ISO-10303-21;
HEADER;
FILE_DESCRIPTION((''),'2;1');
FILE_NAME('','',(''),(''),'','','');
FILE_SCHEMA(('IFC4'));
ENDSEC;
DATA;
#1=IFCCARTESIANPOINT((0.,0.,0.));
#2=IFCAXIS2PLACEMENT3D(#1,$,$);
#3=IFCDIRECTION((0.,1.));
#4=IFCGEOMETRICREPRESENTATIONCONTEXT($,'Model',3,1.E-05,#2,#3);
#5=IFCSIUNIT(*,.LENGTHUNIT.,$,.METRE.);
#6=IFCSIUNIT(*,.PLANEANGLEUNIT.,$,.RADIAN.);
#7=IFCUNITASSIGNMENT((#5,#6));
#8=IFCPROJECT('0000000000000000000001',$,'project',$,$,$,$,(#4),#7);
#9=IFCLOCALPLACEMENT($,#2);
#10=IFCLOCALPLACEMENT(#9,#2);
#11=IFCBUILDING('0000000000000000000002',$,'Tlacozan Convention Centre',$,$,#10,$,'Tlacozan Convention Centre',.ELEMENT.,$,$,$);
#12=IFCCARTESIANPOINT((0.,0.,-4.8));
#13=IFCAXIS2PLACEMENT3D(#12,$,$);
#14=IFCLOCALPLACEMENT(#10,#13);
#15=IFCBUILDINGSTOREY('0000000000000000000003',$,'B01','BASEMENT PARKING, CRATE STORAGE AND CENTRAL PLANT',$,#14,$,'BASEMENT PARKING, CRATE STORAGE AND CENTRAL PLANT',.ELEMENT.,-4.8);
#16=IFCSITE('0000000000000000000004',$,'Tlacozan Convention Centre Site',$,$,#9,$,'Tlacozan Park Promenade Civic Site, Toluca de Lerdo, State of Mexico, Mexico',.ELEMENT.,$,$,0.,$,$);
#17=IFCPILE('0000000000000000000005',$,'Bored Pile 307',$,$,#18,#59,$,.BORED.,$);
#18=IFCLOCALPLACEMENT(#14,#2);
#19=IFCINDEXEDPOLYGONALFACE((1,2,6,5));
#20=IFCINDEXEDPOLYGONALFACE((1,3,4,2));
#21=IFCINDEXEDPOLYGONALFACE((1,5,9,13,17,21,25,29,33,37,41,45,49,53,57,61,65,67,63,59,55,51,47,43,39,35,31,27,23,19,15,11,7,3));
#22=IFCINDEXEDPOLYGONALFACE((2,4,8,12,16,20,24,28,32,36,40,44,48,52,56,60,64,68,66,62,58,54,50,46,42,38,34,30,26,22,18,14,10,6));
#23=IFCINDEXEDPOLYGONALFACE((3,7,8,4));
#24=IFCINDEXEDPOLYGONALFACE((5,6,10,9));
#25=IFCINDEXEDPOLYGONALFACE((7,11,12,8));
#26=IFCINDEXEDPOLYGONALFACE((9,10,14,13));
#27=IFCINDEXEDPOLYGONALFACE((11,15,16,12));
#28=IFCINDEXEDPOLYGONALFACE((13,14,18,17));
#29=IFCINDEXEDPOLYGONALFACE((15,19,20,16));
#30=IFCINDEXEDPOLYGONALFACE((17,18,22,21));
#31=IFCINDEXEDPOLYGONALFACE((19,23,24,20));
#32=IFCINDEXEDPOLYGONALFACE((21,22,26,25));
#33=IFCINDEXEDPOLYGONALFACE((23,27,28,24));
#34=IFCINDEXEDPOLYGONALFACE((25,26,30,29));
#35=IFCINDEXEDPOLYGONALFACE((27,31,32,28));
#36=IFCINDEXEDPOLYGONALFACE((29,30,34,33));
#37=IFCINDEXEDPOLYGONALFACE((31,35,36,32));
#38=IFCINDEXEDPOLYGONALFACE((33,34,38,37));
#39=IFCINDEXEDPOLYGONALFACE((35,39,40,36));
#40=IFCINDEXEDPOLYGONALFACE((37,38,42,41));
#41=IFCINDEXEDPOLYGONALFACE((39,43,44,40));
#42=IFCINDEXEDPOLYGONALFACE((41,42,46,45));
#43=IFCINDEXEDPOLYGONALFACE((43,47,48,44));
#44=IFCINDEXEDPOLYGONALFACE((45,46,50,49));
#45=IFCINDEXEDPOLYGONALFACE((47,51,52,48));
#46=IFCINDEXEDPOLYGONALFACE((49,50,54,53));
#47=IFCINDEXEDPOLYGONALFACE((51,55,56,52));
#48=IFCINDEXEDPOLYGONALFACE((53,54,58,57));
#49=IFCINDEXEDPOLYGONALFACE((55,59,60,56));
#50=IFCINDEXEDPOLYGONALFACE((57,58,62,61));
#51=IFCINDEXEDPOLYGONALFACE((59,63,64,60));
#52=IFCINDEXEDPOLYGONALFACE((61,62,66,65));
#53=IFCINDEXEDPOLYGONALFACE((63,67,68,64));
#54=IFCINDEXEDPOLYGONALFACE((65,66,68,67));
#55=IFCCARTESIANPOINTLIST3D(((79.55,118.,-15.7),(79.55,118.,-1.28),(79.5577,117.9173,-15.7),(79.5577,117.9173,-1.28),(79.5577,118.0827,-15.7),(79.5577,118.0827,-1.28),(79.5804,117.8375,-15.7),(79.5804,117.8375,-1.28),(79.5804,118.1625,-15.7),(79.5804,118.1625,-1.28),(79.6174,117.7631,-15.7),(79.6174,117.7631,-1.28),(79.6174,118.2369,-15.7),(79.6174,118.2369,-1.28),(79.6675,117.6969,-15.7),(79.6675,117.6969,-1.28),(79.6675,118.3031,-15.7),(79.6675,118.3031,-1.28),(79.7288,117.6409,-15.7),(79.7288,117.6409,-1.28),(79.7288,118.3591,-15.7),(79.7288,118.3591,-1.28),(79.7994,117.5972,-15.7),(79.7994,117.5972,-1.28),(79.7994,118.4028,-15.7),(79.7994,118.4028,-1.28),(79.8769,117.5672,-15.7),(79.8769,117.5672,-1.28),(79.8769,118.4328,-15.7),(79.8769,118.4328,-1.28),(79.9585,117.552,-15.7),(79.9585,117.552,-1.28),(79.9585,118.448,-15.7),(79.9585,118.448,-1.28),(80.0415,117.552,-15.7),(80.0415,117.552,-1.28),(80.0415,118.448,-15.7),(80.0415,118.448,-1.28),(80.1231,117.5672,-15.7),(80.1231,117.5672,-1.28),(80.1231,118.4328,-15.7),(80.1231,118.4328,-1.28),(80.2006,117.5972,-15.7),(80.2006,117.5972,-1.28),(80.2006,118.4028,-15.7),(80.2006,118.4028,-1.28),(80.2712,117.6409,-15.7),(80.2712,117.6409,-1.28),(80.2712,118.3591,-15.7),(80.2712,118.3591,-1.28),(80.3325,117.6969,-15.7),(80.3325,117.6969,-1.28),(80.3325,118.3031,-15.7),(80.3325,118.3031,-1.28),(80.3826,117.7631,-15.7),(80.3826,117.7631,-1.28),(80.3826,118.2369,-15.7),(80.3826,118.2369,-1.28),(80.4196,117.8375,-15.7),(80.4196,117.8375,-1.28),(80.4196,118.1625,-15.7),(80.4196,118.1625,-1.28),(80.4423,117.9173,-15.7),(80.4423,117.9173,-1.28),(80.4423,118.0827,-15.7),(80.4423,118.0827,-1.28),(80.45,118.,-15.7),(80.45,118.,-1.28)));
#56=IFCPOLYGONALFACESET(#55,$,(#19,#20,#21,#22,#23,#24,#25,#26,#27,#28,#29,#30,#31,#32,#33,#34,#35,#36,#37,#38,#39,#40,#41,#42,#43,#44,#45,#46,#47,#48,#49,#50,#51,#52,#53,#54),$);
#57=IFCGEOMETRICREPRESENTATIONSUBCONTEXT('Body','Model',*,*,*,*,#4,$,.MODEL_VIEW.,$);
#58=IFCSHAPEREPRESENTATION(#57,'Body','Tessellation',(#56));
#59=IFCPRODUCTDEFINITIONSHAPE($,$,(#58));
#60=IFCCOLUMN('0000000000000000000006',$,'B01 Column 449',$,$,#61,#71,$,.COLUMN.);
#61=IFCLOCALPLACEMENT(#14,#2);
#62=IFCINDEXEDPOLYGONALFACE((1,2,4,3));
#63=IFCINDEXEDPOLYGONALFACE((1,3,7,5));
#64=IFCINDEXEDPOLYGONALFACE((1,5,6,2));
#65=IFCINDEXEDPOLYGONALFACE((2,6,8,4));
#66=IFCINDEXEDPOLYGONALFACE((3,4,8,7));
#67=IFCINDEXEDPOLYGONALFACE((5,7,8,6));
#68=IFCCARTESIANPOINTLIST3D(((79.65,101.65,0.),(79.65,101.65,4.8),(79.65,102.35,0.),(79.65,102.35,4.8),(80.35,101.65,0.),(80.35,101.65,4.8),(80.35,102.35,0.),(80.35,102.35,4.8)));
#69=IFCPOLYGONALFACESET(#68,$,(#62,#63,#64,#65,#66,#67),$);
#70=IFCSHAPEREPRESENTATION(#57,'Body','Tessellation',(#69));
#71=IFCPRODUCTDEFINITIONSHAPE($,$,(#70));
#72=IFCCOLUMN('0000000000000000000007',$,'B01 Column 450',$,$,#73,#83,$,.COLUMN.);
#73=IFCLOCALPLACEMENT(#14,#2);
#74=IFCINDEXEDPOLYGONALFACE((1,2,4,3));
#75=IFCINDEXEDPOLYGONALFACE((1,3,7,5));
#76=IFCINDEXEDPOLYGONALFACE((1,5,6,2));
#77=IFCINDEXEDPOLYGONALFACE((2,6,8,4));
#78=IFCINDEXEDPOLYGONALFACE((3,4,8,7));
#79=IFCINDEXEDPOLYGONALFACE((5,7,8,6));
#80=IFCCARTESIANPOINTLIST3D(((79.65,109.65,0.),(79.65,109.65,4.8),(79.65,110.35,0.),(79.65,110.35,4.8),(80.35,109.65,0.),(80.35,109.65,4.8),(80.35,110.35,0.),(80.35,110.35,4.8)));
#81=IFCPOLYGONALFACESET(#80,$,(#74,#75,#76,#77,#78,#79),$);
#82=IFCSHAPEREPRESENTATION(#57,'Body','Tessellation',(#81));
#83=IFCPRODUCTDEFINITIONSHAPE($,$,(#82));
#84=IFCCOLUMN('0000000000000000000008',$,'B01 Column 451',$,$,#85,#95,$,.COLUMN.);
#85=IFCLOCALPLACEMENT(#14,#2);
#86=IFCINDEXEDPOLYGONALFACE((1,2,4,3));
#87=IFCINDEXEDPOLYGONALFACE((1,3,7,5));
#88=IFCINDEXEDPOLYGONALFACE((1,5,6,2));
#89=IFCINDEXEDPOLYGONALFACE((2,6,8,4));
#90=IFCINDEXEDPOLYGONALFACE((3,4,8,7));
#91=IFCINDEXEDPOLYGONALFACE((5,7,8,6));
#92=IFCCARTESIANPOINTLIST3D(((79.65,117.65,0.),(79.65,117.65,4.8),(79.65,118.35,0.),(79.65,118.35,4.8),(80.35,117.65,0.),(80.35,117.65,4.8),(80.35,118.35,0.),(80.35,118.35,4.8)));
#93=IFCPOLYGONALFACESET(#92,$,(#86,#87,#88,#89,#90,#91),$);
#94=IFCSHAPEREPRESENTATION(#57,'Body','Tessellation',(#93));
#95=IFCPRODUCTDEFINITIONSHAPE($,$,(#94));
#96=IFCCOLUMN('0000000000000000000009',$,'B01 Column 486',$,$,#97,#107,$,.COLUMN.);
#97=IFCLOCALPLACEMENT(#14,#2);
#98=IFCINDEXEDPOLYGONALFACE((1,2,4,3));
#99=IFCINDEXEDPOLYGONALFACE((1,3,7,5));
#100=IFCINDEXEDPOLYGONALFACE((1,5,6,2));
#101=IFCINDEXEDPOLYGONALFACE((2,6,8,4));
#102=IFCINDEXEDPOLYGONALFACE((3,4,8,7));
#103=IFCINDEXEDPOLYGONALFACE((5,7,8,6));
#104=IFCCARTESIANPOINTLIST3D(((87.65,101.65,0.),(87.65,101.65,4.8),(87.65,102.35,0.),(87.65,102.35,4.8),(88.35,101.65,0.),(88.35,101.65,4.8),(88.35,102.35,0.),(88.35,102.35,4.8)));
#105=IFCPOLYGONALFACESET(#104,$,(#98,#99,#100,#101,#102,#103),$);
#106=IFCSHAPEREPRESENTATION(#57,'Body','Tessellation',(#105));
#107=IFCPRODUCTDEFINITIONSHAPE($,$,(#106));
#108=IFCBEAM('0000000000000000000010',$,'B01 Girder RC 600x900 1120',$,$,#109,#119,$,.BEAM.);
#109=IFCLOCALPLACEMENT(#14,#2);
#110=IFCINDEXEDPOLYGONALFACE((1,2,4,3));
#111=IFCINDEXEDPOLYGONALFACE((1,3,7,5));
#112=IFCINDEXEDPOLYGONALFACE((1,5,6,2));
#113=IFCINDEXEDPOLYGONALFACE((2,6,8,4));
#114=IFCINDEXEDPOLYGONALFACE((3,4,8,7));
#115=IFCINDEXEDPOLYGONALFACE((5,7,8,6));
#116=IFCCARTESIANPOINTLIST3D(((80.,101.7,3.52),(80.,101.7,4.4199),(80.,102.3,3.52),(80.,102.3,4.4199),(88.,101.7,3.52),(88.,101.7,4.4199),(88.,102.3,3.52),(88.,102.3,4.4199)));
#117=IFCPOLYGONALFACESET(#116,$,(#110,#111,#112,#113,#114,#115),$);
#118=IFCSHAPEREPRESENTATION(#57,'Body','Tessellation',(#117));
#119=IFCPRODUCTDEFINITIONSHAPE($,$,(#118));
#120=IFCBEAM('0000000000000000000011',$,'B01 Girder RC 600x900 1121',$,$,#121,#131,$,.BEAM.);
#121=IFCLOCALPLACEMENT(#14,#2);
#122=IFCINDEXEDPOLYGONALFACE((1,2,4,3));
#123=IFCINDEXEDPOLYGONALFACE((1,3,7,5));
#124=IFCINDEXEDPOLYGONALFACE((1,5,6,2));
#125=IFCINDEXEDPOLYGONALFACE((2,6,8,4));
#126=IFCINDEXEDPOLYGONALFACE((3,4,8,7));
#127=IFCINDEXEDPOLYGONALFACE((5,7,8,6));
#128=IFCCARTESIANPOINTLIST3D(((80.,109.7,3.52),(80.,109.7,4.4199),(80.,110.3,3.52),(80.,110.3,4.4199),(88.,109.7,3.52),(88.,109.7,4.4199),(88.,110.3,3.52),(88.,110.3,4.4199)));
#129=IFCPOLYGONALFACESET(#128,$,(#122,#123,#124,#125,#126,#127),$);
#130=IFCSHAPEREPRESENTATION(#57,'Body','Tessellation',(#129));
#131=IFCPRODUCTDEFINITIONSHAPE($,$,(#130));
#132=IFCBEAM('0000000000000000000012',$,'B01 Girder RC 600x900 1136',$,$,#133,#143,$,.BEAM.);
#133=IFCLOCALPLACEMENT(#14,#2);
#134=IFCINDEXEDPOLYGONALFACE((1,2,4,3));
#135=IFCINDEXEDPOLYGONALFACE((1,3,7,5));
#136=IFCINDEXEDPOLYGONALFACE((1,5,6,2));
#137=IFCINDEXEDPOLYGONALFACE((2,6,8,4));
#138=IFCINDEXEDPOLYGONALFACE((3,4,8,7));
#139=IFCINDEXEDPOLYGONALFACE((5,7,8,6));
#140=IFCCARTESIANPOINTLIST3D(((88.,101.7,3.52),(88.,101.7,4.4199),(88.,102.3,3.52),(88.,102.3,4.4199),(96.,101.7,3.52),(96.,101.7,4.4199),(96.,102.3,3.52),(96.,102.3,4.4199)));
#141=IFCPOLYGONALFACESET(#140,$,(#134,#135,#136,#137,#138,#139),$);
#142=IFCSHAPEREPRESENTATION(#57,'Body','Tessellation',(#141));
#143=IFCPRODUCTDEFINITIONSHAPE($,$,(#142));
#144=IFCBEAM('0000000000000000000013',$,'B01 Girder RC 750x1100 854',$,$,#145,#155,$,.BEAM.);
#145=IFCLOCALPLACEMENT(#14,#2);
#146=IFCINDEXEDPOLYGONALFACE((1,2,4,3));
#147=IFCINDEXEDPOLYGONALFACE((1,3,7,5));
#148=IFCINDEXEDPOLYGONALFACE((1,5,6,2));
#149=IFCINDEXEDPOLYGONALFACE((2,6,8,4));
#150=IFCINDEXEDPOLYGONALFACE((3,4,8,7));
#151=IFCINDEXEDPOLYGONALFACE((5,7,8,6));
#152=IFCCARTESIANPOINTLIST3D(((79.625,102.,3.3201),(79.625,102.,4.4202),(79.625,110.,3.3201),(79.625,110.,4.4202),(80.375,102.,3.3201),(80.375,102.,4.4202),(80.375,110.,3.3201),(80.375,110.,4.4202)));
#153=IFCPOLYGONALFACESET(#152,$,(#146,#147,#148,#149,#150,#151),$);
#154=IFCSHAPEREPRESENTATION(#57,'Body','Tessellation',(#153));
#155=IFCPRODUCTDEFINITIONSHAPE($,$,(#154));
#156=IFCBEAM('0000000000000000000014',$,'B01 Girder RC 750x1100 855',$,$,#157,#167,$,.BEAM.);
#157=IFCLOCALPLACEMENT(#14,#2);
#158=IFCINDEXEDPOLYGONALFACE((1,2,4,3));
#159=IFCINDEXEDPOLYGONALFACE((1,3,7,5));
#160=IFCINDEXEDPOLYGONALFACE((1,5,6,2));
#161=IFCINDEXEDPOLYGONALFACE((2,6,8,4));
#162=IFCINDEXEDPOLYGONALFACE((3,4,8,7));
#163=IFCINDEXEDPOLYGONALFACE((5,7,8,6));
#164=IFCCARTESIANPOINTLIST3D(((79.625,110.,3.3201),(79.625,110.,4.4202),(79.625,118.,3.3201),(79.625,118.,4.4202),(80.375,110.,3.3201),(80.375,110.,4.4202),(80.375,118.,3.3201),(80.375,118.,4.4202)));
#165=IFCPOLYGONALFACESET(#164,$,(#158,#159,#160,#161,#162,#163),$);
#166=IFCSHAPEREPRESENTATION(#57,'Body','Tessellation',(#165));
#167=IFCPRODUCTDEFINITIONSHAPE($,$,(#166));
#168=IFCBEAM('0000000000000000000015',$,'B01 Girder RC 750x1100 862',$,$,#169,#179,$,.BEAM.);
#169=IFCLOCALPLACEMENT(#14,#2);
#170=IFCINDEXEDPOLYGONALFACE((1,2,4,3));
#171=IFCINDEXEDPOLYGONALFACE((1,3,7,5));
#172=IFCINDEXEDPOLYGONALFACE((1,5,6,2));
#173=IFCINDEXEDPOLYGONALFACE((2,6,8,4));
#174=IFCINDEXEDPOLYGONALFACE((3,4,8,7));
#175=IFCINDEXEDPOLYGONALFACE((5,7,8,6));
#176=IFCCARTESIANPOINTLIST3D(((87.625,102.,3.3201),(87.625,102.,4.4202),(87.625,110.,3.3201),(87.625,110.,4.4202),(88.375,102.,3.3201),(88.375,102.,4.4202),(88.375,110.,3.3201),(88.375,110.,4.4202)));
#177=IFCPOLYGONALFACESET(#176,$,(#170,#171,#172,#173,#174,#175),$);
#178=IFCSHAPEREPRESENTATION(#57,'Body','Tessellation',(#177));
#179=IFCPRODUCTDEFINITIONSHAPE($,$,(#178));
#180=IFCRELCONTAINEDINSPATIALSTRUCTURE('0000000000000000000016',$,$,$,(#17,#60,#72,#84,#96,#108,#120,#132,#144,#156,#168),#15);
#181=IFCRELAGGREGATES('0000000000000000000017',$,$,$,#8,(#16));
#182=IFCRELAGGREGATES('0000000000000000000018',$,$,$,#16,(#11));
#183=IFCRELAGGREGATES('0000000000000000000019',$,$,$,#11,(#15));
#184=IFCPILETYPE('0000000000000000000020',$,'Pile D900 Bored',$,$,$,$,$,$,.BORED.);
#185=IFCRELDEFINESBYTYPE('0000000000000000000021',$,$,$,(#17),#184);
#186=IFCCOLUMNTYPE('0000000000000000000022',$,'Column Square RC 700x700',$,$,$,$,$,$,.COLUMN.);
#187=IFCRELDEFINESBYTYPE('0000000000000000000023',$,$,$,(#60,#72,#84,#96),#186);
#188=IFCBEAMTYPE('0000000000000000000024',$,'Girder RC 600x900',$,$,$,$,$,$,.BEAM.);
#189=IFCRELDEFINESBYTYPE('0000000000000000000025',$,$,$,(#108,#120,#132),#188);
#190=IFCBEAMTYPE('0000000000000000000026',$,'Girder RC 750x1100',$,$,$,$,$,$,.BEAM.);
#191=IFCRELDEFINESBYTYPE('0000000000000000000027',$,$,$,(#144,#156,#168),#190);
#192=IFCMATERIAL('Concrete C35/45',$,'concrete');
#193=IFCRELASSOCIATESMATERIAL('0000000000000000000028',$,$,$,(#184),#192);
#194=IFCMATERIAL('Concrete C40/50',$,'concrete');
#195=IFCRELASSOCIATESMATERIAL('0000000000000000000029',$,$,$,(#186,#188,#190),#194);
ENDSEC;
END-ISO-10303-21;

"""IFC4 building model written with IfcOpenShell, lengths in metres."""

from ifc_helpers import new_model, si_unit, direction, frame, origin, origin_2d, place, context, subcontext, project, spatial, rectangle, circle, extrude, material, material_profile, profile_set, type_object, element, save


model = new_model("IFC4")

# Units and contexts
model_context = context("Model", 3, precision=1e-05, world=origin(), true_north=direction((0.0, 1.0)))
body_context = subcontext(model_context, "Body", "Model", "MODEL_VIEW")
ifc_project = project(units=[si_unit("LENGTHUNIT", "METRE"), si_unit("PLANEANGLEUNIT", "RADIAN")], contexts=[model_context])

# Site, building, storey
site_placement = place(None, origin())
site = spatial("IfcSite", under=ifc_project, at=site_placement, Name="Tlacozan Convention Centre Site", LongName="Tlacozan Park Promenade Civic Site, Toluca de Lerdo, State of Mexico, Mexico", CompositionType="ELEMENT", RefElevation=0.0)
building_placement = place(site_placement, origin())
building = spatial("IfcBuilding", under=site, at=building_placement, Name="Tlacozan Convention Centre", LongName="Tlacozan Convention Centre", CompositionType="ELEMENT")
storey_placement = place(building_placement, frame((0.0, 0.0, -4.8)))
storey = spatial("IfcBuildingStorey", under=building, at=storey_placement, Name="B01", Description="BASEMENT PARKING, CRATE STORAGE AND CENTRAL PLANT", LongName="BASEMENT PARKING, CRATE STORAGE AND CENTRAL PLANT", CompositionType="ELEMENT", Elevation=-4.8)

# Shared definitions
ifc_material_1 = material(Name="Concrete C35/45", Category="concrete")

# Pile
ifc_material_profile_1 = material_profile(ifc_material_1, circle(Radius=0.45, at=origin_2d()), Name="PILE D900")
ifc_profile_set_1 = profile_set([ifc_material_profile_1], Name="Concrete C35/45")
pile_type_1 = type_object("IfcPileType", Name="Pile D900 Bored", PredefinedType="BORED", material=ifc_profile_set_1)
for number, where, z_axis, x_axis, name in (
    (1, (80.0, 118.0, -1.28), (0.0, 0.0, -1.0), (1.0, 0.0, 0.0), "Bored Pile 307"),
):
    element("IfcPile", number, at=place(storey_placement, frame(where, z_axis=z_axis, x_axis=x_axis)), inside=storey, type_object=pile_type_1, Name=name, PredefinedType="BORED", context=body_context, shape_type="SweptSolid", body=[
        extrude(circle(Radius=0.45, at=origin_2d()), origin(), (0.0, 0.0, 1.0), 14.4199),
    ])

# Columns
ifc_material_2 = material(Name="Concrete C40/50", Category="concrete")
ifc_material_profile_2 = material_profile(ifc_material_2, rectangle(XDim=0.7, YDim=0.7, at=origin_2d()), Name="RC 700x700")
ifc_profile_set_2 = profile_set([ifc_material_profile_2], Name="Concrete C40/50")
column_type = type_object("IfcColumnType", Name="Column Square RC 700x700", PredefinedType="COLUMN", material=ifc_profile_set_2)
for number, where, z_axis, x_axis, name in (
    (2, (80.0, 102.0, 0.0), (0.0, 0.0, 1.0), (1.0, 0.0, 0.0), "B01 Column 449"),
    (3, (80.0, 110.0, 0.0), (0.0, 0.0, 1.0), (1.0, 0.0, 0.0), "B01 Column 450"),
    (4, (80.0, 118.0, 0.0), (0.0, 0.0, 1.0), (1.0, 0.0, 0.0), "B01 Column 451"),
    (5, (88.0, 102.0, 0.0), (0.0, 0.0, 1.0), (1.0, 0.0, 0.0), "B01 Column 486"),
):
    element("IfcColumn", number, at=place(storey_placement, frame(where, z_axis=z_axis, x_axis=x_axis)), inside=storey, type_object=column_type, Name=name, PredefinedType="COLUMN", context=body_context, shape_type="SweptSolid", body=[
        extrude(rectangle(XDim=0.7, YDim=0.7, at=origin_2d()), origin(), (0.0, 0.0, 1.0), 4.8),
    ])

# Beams
ifc_material_profile_3 = material_profile(ifc_material_2, rectangle(XDim=0.6001, YDim=0.8999, at=origin_2d()), Name="RC 600x900")
ifc_profile_set_3 = profile_set([ifc_material_profile_3], Name="Concrete C40/50")
beam_type_1 = type_object("IfcBeamType", Name="Girder RC 600x900", PredefinedType="BEAM", material=ifc_profile_set_3)
for number, where, z_axis, x_axis, name in (
    (6, (80.0, 102.0, 3.97), (1.0, 0.0, 0.0), (0.0, 1.0, 0.0), "B01 Girder RC 600x900 1120"),
    (7, (80.0, 110.0, 3.97), (1.0, 0.0, 0.0), (0.0, 1.0, 0.0), "B01 Girder RC 600x900 1121"),
    (8, (88.0, 102.0, 3.97), (1.0, 0.0, 0.0), (0.0, 1.0, 0.0), "B01 Girder RC 600x900 1136"),
):
    element("IfcBeam", number, at=place(storey_placement, frame(where, z_axis=z_axis, x_axis=x_axis)), inside=storey, type_object=beam_type_1, Name=name, PredefinedType="BEAM", context=body_context, shape_type="SweptSolid", body=[
        extrude(rectangle(XDim=0.6001, YDim=0.8999, at=origin_2d()), origin(), (0.0, 0.0, 1.0), 8.0),
    ])
ifc_material_profile_4 = material_profile(ifc_material_2, rectangle(XDim=0.75, YDim=1.1001, at=origin_2d()), Name="RC 750x1100")
ifc_profile_set_4 = profile_set([ifc_material_profile_4], Name="Concrete C40/50")
beam_type_2 = type_object("IfcBeamType", Name="Girder RC 750x1100", PredefinedType="BEAM", material=ifc_profile_set_4)
for number, where, z_axis, x_axis, name in (
    (9, (80.0, 102.0, 3.8701), (0.0, 1.0, 0.0), (-1.0, 0.0, 0.0), "B01 Girder RC 750x1100 854"),
    (10, (80.0, 110.0, 3.8701), (0.0, 1.0, 0.0), (-1.0, 0.0, 0.0), "B01 Girder RC 750x1100 855"),
    (11, (88.0, 102.0, 3.8701), (0.0, 1.0, 0.0), (-1.0, 0.0, 0.0), "B01 Girder RC 750x1100 862"),
):
    element("IfcBeam", number, at=place(storey_placement, frame(where, z_axis=z_axis, x_axis=x_axis)), inside=storey, type_object=beam_type_2, Name=name, PredefinedType="BEAM", context=body_context, shape_type="SweptSolid", body=[
        extrude(rectangle(XDim=0.75, YDim=1.1001, at=origin_2d()), origin(), (0.0, 0.0, 1.0), 8.0),
    ])

save(model, "model.ifc")
